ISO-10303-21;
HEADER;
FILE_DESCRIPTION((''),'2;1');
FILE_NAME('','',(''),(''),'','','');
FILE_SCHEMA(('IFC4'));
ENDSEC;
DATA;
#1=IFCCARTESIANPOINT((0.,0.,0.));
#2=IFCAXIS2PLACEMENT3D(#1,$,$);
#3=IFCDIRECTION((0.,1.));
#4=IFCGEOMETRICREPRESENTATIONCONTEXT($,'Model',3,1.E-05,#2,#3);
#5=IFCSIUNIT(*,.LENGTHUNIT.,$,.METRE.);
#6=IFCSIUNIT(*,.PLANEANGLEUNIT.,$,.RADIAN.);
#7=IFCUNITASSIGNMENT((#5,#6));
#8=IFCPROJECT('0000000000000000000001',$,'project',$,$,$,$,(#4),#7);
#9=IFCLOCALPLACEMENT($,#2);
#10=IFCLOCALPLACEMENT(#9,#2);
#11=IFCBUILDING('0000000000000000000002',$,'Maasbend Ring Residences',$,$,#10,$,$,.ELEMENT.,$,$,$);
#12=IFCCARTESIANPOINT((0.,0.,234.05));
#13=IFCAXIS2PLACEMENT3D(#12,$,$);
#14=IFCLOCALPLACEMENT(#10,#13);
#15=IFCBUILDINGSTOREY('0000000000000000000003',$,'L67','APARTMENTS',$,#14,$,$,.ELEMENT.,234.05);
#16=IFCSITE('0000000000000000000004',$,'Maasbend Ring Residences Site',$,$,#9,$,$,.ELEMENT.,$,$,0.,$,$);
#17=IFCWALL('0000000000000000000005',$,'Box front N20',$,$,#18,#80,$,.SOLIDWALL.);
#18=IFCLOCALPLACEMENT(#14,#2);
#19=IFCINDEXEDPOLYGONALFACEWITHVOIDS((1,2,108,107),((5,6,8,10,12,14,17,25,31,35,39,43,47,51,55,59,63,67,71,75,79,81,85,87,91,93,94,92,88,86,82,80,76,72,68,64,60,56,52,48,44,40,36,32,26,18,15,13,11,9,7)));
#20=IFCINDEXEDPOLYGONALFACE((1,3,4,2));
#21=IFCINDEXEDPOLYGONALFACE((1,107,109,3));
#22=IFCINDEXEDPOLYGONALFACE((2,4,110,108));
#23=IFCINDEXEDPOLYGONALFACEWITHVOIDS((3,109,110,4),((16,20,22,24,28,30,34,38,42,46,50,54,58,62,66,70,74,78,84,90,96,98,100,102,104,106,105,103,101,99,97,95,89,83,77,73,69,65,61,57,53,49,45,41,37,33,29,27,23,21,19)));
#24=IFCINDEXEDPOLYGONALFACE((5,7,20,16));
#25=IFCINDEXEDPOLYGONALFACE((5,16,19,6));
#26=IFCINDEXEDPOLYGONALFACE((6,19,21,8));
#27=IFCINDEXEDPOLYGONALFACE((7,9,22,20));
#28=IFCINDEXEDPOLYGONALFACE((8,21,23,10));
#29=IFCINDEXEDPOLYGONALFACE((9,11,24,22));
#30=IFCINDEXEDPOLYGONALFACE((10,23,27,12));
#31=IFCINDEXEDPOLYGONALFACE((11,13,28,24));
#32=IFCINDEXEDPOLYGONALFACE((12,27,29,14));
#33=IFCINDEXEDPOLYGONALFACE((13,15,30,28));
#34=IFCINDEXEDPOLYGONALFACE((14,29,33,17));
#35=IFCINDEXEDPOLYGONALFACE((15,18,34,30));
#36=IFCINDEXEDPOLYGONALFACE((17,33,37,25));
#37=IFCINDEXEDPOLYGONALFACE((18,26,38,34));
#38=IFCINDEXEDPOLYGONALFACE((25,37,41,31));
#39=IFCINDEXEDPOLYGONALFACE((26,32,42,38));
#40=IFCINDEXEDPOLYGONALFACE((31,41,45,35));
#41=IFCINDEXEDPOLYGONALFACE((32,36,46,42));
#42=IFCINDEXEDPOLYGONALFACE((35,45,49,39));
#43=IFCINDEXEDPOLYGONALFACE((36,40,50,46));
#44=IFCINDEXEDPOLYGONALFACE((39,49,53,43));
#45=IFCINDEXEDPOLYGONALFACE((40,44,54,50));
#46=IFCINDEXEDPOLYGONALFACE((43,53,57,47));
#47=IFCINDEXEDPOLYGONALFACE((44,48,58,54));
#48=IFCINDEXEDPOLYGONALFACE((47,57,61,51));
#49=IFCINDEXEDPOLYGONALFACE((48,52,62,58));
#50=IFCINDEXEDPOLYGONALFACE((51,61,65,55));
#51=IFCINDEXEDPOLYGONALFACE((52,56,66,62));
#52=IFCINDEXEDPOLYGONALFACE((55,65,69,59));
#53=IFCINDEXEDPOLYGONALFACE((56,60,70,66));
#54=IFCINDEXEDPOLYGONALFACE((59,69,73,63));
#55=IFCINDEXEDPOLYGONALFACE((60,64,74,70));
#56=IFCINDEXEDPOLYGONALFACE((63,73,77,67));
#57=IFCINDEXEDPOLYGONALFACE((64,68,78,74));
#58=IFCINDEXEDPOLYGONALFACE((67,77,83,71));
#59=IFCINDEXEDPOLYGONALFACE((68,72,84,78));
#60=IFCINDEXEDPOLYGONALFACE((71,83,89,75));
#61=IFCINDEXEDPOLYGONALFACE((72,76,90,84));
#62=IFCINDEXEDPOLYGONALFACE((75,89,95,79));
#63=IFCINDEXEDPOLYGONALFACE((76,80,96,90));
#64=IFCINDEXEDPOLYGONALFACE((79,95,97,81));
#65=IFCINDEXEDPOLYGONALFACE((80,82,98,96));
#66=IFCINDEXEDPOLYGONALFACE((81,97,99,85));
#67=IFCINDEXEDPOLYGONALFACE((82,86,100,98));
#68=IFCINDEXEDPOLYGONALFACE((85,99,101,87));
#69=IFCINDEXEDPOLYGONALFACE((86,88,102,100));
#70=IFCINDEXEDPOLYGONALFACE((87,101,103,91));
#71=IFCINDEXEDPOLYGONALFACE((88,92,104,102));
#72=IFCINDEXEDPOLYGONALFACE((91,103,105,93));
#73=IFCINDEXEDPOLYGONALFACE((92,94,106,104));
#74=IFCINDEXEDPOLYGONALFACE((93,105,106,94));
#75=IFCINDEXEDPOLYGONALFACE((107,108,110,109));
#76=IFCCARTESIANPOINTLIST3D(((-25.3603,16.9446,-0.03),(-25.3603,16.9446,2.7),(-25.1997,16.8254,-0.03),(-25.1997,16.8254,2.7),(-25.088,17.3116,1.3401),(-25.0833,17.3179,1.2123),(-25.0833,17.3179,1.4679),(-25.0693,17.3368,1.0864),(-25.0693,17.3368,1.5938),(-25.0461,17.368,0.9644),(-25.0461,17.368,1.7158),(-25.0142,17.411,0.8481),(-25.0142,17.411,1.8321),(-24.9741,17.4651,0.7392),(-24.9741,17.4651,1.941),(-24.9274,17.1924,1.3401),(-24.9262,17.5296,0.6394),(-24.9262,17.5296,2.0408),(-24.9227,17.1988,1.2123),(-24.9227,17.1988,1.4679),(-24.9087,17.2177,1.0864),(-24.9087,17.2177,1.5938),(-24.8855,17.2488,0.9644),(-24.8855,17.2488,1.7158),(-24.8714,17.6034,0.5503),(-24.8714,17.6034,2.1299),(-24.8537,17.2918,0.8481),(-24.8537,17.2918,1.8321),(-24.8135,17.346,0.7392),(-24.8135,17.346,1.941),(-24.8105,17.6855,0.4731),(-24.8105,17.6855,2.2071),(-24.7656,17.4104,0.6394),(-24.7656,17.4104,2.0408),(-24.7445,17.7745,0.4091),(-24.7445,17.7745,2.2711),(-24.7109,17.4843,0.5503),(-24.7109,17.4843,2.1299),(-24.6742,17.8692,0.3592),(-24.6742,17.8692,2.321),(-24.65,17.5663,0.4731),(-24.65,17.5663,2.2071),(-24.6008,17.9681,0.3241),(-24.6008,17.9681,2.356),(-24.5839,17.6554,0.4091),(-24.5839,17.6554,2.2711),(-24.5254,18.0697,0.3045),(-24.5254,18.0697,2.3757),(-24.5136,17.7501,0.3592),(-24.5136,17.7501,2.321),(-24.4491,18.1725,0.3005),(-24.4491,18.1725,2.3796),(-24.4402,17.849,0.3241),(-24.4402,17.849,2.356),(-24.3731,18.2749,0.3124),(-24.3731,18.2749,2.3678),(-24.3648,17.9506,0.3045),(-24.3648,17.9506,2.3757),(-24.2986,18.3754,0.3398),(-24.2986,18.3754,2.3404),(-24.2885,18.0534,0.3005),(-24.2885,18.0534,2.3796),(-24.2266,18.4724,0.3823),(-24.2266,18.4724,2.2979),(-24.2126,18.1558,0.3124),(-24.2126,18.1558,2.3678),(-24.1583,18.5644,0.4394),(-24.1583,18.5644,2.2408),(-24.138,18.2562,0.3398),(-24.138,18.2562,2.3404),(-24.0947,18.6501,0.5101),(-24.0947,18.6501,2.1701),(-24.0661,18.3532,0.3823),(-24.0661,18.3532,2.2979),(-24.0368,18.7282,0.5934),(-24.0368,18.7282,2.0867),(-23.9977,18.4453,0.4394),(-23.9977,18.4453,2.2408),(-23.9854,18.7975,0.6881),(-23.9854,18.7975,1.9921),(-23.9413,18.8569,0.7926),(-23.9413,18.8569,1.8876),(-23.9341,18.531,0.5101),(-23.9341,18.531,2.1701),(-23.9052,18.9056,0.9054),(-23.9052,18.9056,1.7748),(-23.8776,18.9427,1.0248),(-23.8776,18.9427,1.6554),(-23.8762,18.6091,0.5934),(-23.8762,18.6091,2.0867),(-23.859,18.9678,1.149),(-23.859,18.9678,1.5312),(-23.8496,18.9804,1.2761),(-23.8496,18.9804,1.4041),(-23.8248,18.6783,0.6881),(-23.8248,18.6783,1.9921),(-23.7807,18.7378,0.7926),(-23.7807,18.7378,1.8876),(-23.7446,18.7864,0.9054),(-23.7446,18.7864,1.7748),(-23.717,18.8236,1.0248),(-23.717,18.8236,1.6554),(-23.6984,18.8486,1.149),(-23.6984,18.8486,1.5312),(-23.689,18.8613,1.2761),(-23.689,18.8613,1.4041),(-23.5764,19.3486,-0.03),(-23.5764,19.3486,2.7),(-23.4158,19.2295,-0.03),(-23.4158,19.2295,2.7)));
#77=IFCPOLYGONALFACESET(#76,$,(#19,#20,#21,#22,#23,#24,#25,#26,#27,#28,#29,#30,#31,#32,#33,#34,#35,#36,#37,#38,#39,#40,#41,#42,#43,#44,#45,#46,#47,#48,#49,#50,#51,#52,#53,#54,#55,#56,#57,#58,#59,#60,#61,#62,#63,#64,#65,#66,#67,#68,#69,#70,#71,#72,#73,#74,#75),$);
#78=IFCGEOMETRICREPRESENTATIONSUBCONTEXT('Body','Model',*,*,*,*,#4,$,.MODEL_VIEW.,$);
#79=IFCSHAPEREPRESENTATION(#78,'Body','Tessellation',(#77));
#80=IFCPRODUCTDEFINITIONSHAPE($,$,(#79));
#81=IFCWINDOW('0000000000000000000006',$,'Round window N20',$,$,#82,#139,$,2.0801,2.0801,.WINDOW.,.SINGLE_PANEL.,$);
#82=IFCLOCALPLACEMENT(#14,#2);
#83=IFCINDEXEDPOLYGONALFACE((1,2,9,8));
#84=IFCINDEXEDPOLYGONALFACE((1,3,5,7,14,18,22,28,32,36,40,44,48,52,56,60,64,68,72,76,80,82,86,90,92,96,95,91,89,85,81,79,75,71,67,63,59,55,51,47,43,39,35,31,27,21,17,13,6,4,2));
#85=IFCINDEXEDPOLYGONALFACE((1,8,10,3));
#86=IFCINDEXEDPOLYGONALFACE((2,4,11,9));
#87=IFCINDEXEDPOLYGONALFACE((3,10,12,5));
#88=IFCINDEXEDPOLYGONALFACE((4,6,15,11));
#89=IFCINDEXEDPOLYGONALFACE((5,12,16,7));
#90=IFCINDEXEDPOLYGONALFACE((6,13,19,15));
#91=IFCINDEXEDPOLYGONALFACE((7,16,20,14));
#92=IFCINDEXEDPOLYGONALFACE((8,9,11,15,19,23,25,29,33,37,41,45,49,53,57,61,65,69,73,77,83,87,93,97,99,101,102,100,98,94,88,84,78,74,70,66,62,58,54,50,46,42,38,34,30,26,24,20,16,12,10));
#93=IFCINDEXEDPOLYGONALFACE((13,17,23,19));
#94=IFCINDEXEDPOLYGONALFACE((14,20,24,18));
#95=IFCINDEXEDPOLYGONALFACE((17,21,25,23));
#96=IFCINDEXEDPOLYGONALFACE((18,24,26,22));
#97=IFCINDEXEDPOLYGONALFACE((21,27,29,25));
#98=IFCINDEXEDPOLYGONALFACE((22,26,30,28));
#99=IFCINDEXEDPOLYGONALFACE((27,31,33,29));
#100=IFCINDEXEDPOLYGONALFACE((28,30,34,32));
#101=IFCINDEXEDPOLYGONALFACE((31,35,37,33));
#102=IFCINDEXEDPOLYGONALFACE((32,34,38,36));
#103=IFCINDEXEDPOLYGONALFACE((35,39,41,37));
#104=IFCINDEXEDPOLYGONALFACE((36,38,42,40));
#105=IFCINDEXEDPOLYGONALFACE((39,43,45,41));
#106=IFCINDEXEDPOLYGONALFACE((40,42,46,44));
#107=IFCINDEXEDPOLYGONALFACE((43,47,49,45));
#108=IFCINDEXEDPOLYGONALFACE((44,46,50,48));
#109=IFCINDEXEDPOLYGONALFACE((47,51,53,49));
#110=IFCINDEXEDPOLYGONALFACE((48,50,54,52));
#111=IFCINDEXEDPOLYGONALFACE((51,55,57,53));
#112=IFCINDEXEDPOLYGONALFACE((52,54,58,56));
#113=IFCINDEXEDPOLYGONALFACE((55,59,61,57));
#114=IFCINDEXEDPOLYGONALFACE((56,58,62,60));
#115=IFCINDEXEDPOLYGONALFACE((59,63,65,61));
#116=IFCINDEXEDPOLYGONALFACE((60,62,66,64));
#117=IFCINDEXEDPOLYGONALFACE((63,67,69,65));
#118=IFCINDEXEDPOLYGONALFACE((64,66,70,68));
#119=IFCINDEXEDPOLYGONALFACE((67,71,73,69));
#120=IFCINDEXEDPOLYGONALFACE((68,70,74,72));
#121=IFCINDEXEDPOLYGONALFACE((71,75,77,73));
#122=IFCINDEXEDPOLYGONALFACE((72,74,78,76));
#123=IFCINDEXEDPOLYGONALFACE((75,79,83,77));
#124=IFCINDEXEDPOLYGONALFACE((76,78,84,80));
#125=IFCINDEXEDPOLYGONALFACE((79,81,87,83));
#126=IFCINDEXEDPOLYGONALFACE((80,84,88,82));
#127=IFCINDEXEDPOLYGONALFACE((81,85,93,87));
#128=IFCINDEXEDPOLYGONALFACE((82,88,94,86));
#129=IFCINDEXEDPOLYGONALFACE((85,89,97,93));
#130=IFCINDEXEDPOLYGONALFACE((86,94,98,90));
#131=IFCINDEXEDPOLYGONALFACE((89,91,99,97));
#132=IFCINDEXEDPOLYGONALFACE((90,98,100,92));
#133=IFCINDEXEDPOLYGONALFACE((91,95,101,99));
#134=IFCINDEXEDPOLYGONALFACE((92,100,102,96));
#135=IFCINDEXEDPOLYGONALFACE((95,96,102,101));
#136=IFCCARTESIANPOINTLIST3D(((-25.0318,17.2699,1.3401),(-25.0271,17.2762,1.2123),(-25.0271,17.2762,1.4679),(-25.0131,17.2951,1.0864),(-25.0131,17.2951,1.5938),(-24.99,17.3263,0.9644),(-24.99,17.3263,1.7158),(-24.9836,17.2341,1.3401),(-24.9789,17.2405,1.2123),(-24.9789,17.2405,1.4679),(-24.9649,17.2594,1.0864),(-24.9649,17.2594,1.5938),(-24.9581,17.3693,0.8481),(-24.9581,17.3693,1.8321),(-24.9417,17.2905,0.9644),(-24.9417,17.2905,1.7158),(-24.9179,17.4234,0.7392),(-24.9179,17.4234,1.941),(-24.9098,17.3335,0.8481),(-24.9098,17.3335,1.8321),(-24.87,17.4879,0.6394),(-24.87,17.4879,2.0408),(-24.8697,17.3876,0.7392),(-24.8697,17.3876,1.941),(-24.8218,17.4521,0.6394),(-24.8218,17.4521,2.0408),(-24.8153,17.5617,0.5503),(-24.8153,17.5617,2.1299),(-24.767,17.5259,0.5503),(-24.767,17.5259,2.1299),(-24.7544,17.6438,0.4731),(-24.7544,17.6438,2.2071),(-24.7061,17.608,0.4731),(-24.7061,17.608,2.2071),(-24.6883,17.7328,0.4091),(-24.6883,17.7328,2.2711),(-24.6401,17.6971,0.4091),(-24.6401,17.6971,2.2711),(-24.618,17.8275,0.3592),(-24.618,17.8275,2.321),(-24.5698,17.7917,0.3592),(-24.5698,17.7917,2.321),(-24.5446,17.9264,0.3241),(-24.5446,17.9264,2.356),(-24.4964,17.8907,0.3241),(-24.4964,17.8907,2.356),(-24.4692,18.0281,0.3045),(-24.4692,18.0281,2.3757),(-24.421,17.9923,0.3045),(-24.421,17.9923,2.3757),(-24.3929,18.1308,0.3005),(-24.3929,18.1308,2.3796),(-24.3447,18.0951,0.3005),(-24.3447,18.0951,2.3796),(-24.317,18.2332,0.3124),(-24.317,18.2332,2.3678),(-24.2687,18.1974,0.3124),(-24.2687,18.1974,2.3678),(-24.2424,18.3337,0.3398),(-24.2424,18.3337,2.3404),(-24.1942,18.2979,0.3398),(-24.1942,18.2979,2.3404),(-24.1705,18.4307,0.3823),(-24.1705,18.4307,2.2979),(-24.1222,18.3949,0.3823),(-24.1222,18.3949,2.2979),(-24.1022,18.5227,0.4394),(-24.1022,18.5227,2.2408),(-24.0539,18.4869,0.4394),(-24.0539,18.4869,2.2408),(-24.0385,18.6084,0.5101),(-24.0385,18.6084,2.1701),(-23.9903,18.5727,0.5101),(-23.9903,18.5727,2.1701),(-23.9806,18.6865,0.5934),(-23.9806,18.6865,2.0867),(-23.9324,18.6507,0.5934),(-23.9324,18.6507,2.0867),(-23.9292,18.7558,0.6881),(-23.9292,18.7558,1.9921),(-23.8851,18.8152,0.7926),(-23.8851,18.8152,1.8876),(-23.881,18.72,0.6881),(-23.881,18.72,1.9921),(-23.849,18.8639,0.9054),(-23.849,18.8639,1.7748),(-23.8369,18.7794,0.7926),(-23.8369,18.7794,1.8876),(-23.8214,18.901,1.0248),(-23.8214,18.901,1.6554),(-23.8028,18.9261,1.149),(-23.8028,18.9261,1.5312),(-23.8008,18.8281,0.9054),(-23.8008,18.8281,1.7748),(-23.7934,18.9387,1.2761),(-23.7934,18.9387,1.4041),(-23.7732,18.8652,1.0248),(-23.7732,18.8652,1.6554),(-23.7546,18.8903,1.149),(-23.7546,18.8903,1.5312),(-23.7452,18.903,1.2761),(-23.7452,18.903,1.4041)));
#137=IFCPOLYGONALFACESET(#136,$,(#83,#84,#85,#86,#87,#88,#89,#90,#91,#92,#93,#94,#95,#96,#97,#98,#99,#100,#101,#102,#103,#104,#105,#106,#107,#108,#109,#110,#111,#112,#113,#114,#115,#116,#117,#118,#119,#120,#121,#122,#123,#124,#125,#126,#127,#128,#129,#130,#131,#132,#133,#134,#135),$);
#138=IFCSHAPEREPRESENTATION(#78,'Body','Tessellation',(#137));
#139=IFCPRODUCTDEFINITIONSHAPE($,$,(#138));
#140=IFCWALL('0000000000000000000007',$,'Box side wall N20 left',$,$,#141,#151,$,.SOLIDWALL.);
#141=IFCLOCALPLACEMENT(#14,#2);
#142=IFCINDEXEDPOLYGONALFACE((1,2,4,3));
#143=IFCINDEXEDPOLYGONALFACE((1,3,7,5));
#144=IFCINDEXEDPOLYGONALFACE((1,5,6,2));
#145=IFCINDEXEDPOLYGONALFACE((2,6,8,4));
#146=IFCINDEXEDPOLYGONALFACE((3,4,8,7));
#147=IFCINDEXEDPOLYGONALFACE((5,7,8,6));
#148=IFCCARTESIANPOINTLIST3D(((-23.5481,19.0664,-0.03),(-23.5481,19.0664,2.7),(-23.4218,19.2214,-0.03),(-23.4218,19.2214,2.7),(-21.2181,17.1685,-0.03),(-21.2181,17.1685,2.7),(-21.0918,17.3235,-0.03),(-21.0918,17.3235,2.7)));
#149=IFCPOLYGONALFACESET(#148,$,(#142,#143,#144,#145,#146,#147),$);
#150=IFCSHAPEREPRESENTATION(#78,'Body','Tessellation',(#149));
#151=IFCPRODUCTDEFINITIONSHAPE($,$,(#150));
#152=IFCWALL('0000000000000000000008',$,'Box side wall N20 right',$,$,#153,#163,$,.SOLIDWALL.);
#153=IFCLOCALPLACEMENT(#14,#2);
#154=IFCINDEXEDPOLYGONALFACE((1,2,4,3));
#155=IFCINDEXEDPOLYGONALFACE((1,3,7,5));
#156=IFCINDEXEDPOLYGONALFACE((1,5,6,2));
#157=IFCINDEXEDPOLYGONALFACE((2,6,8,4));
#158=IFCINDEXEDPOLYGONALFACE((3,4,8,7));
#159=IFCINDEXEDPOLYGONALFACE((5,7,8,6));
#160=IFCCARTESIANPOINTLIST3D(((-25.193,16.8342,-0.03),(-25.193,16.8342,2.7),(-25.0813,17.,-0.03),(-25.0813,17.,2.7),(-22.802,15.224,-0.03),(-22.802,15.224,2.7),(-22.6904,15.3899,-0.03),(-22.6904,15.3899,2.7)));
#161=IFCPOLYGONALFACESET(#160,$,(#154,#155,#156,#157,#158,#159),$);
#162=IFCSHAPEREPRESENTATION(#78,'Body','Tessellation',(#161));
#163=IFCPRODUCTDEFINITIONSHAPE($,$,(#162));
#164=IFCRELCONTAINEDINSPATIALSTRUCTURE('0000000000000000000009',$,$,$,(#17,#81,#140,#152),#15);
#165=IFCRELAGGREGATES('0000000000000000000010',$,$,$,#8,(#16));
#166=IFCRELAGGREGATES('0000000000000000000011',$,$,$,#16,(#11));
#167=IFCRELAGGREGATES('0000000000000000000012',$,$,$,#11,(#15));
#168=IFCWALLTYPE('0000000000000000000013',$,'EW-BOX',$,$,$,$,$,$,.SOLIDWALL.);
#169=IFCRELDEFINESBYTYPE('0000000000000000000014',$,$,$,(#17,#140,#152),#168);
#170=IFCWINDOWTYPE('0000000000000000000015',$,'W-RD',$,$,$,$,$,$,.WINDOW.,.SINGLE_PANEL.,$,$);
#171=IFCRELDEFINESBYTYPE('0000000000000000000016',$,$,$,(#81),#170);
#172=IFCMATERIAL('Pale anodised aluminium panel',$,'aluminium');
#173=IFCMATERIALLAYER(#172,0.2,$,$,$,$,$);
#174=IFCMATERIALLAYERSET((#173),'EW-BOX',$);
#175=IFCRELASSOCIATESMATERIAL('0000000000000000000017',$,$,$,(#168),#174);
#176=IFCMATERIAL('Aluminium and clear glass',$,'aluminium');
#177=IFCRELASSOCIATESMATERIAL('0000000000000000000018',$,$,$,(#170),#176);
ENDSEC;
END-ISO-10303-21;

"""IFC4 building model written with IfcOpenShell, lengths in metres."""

from ifc_helpers import new_model, si_unit, direction, frame, frame_2d, origin, place, context, subcontext, project, spatial, rectangle, circle, extrude, material, layer, layer_set, type_object, element, fill, save


model = new_model("IFC4")

# Units and contexts
model_context = context("Model", 3, precision=1e-05, world=origin(), true_north=direction((0.0, 1.0)))
body_context = subcontext(model_context, "Body", "Model", "MODEL_VIEW")
ifc_project = project(units=[si_unit("LENGTHUNIT", "METRE"), si_unit("PLANEANGLEUNIT", "RADIAN")], contexts=[model_context])

# Site, building, storey
site_placement = place(None, origin())
site = spatial("IfcSite", under=ifc_project, at=site_placement, Name="Maasbend Ring Residences Site", CompositionType="ELEMENT", RefElevation=0.0)
building_placement = place(site_placement, origin())
building = spatial("IfcBuilding", under=site, at=building_placement, Name="Maasbend Ring Residences", CompositionType="ELEMENT")
storey_placement = place(building_placement, frame((0.0, 0.0, 234.05)))
storey = spatial("IfcBuildingStorey", under=building, at=storey_placement, Name="L67", Description="APARTMENTS", CompositionType="ELEMENT", Elevation=234.05)

# Wall, opening, window
ifc_material_1 = material(Name="Pale anodised aluminium panel", Category="aluminium")
ifc_layer_1 = layer(ifc_material_1, 0.2)
ifc_layer_set_1 = layer_set([ifc_layer_1], Name="EW-BOX")
wall_type_1 = type_object("IfcWallType", Name="EW-BOX", PredefinedType="SOLIDWALL", material=ifc_layer_set_1)
wall_1_placement = place(storey_placement, frame((-23.4961, 19.2891, -0.03), z_axis=(0.0, 0.0, 1.0), x_axis=(-0.595908, -0.803053, 0.0)))
wall_1 = element("IfcWall", 1, at=wall_1_placement, inside=storey, type_object=wall_type_1, Name="Box front N20", PredefinedType="SOLIDWALL", context=body_context, shape_type="SweptSolid", body=[
    extrude(rectangle(XDim=2.9937, YDim=0.2, at=frame_2d((1.4968, 0.0))), origin(), (0.0, 0.0, 1.0), 2.73),
])
opening_1_placement = place(wall_1_placement, frame((0.4565, 0.0, 0.3301)))
opening_1 = element("IfcOpeningElement", 2, at=opening_1_placement, cuts=wall_1, PredefinedType="OPENING", context=body_context, shape_type="SweptSolid", body=[
    extrude(circle(Radius=1.04, at=frame_2d((1.04, 1.04))), frame((0.0, 0.1099, 0.0), z_axis=(0.0, -1.0, 0.0), x_axis=(1.0, 0.0, 0.0)), (0.0, 0.0, 1.0), 0.22),
])
ifc_material_2 = material(Name="Aluminium and clear glass", Category="aluminium")
window_type_1 = type_object("IfcWindowType", Name="W-RD", PartitioningType="SINGLE_PANEL", PredefinedType="WINDOW", material=ifc_material_2)
window_1_placement = place(opening_1_placement, origin())
window_1 = element("IfcWindow", 3, at=window_1_placement, inside=storey, type_object=window_type_1, Name="Round window N20", OverallHeight=2.0801, OverallWidth=2.0801, PartitioningType="SINGLE_PANEL", PredefinedType="WINDOW", context=body_context, shape_type="SweptSolid", body=[
    extrude(circle(Radius=1.04, at=frame_2d((1.04, 1.04))), frame((0.0, 0.03, 0.0), z_axis=(0.0, -1.0, 0.0), x_axis=(1.0, 0.0, 0.0)), (0.0, 0.0, 1.0), 0.0601),
])
fill(opening_1, window_1)

# Walls
wall_2_placement = place(storey_placement, frame((-21.155, 17.2461, -0.03), z_axis=(0.0, 0.0, 1.0), x_axis=(-0.775338, 0.631546, 0.0)))
element("IfcWall", 4, at=wall_2_placement, inside=storey, type_object=wall_type_1, Name="Box side wall N20 left", PredefinedType="SOLIDWALL", context=body_context, shape_type="SweptSolid", body=[
    extrude(rectangle(XDim=3.0051, YDim=0.2, at=frame_2d((1.5024, 0.0))), origin(), (0.0, 0.0, 1.0), 2.73),
])
wall_3_placement = place(storey_placement, frame((-22.7461, 15.3069, -0.03), z_axis=(0.0, 0.0, 1.0), x_axis=(-0.829448, 0.558584, 0.0)))
element("IfcWall", 5, at=wall_3_placement, inside=storey, type_object=wall_type_1, Name="Box side wall N20 right", PredefinedType="SOLIDWALL", context=body_context, shape_type="SweptSolid", body=[
    extrude(rectangle(XDim=2.8826, YDim=0.2, at=frame_2d((1.4414, 0.0))), origin(), (0.0, 0.0, 1.0), 2.73),
])

save(model, "model.ifc")
